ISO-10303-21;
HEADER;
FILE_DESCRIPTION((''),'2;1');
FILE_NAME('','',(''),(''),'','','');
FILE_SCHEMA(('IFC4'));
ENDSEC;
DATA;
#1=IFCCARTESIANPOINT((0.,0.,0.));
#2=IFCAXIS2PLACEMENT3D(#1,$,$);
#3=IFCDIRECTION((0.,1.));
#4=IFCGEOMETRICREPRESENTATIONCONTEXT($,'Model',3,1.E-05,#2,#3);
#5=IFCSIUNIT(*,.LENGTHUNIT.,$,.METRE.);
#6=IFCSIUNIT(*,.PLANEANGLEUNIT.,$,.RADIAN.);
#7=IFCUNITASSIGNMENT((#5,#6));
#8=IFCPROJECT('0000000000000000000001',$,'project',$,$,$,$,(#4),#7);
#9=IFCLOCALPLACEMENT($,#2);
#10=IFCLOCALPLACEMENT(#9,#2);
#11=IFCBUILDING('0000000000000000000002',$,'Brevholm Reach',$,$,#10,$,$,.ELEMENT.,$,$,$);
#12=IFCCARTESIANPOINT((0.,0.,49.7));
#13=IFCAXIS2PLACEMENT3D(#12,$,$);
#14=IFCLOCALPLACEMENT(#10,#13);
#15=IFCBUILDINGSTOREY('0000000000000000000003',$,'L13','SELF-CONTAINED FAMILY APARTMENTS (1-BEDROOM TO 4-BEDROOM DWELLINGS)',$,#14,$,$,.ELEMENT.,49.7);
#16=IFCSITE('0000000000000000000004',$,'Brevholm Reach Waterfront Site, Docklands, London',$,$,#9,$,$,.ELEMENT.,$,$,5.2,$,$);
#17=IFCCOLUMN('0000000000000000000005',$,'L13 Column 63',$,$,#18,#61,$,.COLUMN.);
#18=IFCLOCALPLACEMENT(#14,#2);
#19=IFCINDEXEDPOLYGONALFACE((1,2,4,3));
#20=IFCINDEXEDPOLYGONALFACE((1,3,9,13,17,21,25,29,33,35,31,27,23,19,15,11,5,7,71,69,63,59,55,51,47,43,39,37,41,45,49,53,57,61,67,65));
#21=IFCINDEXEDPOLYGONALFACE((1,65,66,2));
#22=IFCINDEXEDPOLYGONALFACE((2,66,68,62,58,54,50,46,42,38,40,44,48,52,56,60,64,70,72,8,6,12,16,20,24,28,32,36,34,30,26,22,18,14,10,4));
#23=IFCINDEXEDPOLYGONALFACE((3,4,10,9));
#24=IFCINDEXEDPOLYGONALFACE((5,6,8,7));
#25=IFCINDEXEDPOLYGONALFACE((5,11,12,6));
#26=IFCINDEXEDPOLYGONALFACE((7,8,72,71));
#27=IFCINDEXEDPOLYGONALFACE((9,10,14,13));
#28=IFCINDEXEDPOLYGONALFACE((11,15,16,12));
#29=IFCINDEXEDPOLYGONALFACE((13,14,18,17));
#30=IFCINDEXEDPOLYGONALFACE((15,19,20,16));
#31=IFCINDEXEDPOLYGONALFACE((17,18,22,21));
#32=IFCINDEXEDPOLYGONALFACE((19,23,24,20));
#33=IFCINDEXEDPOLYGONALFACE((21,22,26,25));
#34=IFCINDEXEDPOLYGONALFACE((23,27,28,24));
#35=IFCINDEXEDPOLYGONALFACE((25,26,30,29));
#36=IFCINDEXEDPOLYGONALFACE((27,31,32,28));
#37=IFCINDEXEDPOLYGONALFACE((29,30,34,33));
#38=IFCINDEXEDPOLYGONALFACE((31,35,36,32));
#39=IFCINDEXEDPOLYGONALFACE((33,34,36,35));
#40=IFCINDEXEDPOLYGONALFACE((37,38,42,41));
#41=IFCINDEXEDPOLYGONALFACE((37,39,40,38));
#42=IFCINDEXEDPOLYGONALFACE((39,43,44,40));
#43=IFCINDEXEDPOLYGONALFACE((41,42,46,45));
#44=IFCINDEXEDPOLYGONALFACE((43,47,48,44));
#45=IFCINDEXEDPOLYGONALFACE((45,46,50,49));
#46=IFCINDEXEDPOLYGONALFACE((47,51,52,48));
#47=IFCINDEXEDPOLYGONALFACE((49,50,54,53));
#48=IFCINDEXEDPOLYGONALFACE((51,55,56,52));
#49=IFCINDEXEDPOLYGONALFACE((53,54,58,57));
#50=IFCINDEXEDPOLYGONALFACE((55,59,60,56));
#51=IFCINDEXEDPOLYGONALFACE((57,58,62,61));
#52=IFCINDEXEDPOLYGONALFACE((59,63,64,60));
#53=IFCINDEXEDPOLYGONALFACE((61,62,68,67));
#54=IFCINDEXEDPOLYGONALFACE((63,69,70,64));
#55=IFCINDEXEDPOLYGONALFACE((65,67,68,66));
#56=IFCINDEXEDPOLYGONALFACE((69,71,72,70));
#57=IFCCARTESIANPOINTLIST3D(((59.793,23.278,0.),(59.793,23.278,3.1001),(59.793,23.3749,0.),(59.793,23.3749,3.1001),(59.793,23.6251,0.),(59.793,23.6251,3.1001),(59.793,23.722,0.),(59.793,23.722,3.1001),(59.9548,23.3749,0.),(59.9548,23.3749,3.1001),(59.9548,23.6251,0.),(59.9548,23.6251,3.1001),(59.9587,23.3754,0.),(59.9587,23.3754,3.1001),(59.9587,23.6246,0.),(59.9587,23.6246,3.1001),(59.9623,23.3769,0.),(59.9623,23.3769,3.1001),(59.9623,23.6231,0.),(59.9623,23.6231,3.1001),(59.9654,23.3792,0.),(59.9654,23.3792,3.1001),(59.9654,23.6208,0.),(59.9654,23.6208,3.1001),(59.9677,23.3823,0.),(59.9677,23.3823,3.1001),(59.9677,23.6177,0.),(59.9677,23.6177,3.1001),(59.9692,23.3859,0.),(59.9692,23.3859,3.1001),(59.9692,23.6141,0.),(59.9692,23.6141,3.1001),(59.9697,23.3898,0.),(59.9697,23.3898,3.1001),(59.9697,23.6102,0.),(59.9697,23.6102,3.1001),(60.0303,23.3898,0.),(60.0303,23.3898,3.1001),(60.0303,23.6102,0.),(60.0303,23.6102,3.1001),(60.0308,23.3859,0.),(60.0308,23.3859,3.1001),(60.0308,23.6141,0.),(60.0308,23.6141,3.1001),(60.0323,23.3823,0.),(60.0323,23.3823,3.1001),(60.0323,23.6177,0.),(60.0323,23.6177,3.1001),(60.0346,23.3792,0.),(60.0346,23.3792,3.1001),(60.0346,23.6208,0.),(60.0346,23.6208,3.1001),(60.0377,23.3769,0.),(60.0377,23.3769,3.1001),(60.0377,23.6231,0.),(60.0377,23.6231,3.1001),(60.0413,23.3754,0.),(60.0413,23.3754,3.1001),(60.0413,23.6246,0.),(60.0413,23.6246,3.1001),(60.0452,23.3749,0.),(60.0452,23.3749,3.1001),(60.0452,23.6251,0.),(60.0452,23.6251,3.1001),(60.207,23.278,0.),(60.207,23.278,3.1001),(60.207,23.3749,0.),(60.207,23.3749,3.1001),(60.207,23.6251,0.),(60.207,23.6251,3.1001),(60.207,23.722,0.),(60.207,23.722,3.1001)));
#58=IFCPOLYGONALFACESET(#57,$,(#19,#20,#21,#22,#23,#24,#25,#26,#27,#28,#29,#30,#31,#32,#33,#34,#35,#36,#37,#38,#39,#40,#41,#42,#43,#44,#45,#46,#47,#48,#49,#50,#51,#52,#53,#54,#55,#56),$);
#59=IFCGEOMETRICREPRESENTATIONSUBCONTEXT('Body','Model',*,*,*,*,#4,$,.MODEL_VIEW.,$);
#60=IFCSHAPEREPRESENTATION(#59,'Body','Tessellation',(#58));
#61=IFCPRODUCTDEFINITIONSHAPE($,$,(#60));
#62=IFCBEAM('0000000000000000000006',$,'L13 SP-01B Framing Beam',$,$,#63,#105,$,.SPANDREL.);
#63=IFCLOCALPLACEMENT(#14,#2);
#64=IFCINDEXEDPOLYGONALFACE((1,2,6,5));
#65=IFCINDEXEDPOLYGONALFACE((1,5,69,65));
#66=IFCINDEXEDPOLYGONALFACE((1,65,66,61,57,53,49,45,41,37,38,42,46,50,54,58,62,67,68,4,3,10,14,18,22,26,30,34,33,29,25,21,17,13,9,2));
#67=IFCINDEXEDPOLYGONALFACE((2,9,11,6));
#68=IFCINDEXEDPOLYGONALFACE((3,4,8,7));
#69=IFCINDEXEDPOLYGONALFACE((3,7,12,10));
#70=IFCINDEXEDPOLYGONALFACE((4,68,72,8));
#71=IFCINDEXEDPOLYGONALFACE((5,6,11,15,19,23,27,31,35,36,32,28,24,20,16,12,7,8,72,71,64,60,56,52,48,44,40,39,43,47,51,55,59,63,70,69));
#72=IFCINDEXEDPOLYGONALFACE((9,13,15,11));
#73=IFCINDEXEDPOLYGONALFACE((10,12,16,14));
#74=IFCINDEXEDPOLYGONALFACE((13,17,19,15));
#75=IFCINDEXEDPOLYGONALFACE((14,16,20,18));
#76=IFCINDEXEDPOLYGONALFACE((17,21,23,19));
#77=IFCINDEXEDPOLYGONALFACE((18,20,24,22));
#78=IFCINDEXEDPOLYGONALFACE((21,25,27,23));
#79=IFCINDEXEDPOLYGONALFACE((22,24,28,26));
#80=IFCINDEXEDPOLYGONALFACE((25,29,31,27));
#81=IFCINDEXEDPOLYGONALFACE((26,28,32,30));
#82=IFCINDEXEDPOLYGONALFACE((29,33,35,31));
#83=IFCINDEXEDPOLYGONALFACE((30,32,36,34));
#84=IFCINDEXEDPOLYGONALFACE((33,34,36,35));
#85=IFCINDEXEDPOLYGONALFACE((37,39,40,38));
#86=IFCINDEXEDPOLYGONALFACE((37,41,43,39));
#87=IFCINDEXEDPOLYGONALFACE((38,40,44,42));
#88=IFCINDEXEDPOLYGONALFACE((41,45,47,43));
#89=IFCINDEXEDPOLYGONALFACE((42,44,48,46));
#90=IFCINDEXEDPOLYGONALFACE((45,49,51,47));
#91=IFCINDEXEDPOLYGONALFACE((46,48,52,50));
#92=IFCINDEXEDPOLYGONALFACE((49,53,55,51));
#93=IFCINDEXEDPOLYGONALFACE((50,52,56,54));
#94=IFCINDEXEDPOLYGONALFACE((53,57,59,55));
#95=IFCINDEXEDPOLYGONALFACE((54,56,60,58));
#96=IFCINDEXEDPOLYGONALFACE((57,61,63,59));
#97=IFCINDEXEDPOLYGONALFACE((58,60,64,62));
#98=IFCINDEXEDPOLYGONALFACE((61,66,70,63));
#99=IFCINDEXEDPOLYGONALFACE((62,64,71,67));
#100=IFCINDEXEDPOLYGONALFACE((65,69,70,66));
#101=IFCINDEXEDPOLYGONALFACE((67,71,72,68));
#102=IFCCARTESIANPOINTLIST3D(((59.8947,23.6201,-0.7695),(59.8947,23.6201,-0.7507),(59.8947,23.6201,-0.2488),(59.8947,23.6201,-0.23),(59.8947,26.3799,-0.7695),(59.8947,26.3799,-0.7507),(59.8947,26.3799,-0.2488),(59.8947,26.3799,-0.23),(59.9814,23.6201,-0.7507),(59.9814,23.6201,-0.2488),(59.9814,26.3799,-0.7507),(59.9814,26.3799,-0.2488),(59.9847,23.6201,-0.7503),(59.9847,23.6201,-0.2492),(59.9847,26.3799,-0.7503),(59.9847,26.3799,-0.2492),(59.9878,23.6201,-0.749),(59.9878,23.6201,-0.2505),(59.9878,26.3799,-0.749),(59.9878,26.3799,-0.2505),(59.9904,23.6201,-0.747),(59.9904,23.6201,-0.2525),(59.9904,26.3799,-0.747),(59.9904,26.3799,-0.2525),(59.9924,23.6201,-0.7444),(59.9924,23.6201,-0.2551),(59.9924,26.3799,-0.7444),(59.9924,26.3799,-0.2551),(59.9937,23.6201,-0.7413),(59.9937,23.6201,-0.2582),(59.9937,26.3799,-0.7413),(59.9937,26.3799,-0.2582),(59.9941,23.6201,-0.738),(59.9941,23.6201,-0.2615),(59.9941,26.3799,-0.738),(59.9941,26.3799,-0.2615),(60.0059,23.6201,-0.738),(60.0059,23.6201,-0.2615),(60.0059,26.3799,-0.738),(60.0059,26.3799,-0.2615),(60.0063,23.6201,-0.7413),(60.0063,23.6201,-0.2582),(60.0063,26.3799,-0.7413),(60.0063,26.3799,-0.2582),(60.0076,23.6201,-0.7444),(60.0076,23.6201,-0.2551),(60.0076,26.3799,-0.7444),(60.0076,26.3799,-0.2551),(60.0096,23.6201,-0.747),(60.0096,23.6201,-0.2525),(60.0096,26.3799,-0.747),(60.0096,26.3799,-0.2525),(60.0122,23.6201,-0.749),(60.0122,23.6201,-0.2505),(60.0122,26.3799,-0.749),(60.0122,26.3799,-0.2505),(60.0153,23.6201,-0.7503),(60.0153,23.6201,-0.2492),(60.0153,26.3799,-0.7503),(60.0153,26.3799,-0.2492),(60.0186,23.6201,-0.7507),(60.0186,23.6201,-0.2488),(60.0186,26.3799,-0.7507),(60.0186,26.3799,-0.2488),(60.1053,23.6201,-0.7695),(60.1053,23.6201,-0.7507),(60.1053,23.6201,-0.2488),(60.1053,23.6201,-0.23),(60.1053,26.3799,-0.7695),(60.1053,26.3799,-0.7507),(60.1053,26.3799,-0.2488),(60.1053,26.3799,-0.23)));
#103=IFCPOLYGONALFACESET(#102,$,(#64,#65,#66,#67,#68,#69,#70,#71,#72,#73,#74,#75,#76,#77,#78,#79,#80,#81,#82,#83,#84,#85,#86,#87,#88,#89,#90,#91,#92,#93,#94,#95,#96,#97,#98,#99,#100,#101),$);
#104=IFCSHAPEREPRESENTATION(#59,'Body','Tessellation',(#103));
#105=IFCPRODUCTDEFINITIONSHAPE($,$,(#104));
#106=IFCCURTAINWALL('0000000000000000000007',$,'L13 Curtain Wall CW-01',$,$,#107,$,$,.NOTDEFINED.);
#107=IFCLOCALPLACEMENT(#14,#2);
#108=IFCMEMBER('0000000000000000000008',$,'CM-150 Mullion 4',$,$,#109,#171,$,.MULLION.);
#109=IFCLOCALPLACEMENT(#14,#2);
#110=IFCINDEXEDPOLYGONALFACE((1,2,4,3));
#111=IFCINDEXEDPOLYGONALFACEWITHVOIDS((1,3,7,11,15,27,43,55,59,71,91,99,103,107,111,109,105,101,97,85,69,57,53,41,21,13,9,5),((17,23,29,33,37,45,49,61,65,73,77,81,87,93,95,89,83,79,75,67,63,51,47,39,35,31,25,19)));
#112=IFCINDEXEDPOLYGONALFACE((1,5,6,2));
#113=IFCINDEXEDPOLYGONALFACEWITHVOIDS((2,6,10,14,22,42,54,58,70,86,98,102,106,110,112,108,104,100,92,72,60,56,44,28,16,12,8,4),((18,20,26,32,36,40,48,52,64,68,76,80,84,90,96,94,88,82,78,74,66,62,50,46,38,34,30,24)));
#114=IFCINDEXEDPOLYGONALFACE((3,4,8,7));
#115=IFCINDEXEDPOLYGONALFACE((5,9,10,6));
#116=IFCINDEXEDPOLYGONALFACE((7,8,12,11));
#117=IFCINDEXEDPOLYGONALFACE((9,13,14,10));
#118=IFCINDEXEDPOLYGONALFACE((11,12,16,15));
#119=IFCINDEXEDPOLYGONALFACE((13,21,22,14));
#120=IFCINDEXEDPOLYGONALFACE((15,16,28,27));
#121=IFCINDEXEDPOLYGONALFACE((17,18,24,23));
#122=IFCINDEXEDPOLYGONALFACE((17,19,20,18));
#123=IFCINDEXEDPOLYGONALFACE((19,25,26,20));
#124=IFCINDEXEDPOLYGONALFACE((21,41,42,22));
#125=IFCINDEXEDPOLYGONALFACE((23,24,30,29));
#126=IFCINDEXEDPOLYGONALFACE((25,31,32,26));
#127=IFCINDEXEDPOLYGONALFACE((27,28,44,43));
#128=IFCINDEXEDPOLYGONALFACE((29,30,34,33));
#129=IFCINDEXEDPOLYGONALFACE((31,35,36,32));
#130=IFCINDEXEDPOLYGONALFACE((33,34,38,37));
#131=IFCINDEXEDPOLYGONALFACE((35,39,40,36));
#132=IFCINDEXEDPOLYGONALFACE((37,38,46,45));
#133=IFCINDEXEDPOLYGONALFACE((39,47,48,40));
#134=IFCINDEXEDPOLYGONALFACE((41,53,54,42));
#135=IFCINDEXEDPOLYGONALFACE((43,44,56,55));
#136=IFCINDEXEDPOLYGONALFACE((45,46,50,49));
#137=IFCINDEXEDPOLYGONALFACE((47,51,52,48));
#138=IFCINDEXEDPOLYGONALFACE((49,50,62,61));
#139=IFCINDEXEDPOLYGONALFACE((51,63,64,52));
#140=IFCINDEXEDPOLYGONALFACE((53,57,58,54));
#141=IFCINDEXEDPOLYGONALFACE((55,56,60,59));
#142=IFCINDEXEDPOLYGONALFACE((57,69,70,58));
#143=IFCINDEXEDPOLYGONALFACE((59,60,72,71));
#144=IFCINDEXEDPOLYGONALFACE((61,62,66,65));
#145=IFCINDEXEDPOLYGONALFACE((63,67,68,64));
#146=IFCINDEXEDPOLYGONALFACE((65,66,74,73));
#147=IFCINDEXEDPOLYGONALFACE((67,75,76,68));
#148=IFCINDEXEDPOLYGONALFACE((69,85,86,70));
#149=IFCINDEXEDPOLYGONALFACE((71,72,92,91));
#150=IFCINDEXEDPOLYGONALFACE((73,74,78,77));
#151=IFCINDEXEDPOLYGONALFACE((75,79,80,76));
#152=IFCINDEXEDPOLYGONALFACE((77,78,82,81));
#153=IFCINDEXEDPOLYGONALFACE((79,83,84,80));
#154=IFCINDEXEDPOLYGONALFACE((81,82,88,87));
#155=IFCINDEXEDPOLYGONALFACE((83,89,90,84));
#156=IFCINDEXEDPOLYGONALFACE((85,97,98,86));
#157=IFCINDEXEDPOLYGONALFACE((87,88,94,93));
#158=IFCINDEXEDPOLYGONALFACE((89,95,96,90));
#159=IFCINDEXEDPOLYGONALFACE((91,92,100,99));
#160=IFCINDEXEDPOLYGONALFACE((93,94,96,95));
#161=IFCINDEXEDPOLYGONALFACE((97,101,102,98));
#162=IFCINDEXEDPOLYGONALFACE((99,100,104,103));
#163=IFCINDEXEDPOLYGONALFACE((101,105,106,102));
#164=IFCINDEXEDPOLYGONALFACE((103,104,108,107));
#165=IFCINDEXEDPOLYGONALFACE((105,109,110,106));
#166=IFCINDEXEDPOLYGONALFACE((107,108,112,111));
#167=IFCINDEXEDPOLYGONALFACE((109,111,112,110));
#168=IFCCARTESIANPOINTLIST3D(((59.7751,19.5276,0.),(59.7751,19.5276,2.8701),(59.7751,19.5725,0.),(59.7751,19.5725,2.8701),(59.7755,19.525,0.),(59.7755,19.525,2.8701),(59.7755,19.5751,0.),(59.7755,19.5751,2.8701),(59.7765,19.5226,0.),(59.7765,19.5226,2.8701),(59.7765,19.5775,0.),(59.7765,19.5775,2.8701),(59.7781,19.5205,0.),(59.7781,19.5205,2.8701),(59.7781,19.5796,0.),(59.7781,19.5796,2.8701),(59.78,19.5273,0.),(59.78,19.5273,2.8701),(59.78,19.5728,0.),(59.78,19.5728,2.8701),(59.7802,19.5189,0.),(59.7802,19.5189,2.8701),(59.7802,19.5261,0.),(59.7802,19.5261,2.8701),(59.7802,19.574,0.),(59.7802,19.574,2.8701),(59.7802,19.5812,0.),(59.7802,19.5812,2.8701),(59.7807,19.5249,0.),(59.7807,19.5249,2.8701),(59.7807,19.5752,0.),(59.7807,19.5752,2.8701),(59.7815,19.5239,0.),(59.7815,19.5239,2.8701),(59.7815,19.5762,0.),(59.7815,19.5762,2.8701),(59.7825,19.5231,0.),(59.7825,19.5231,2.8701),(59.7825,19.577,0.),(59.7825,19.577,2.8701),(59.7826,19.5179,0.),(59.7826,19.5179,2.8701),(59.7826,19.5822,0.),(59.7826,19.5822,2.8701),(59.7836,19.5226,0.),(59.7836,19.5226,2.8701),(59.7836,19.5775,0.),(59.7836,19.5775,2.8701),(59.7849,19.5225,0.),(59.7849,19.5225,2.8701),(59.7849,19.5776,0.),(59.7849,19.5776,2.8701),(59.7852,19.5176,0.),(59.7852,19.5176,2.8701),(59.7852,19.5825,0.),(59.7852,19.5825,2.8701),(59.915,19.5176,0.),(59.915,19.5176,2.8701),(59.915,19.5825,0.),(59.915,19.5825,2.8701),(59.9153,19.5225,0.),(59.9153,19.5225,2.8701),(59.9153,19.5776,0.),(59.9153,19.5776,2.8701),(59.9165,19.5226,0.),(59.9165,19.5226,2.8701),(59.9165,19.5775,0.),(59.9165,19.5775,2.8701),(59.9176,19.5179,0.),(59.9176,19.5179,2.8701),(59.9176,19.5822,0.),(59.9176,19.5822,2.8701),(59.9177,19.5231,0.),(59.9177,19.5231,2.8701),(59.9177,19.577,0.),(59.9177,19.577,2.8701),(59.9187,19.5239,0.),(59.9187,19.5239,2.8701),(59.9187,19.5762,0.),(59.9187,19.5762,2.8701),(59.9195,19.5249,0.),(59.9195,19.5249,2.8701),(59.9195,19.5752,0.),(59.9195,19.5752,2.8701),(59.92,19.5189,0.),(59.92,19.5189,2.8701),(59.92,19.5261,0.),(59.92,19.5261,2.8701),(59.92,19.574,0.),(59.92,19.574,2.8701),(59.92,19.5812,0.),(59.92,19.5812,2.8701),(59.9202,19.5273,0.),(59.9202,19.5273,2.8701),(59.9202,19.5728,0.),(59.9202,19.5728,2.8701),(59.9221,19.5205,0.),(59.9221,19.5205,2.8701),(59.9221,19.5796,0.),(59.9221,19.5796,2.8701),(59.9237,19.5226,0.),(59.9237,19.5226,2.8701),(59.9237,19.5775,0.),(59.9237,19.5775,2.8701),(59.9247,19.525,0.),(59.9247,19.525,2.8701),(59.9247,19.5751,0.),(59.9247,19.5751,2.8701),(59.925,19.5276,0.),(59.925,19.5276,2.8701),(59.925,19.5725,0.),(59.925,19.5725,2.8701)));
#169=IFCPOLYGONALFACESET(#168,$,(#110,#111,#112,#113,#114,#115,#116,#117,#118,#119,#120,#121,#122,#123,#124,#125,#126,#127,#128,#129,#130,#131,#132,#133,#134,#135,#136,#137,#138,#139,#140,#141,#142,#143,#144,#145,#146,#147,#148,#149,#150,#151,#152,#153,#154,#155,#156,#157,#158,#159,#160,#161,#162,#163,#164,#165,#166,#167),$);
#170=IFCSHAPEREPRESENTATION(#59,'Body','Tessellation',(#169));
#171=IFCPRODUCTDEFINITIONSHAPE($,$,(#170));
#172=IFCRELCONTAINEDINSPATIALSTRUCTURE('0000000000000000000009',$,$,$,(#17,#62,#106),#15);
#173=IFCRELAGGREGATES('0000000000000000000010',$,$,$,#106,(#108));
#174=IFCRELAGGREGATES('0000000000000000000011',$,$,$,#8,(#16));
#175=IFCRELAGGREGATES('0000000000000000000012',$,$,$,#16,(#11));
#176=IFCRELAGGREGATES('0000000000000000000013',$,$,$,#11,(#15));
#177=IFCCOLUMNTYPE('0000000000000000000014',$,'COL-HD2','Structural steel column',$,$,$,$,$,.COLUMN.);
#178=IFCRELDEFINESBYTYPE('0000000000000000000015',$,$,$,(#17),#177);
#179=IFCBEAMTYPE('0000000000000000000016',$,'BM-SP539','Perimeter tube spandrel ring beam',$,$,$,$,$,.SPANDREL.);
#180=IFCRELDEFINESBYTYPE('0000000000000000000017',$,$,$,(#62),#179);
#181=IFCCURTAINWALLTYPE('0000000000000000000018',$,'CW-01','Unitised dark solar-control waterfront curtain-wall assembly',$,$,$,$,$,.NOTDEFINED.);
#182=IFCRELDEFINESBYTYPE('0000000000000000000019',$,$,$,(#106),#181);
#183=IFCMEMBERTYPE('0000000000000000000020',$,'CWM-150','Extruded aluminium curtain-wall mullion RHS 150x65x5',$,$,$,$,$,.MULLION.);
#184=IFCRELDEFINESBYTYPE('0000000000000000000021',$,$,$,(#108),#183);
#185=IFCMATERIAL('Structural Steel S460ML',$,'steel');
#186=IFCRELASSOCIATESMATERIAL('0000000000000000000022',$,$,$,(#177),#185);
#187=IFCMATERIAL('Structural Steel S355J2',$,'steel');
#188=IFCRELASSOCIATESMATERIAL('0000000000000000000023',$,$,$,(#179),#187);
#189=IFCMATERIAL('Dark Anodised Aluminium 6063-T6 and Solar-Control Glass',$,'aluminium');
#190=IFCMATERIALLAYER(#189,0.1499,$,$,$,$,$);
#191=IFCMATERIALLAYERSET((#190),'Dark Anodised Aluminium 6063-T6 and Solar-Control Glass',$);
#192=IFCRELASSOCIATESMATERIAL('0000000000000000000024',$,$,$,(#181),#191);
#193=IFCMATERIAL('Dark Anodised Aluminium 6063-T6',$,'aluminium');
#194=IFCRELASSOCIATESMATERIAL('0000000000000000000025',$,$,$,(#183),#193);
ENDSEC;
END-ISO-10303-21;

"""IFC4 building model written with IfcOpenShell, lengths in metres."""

from ifc_helpers import new_model, si_unit, direction, frame, origin, origin_2d, place, context, subcontext, project, spatial, hollow_rectangle, i_section, extrude, material, layer, layer_set, material_profile, profile_set, type_object, element, aggregate, save


model = new_model("IFC4")

# Units and contexts
model_context = context("Model", 3, precision=1e-05, world=origin(), true_north=direction((0.0, 1.0)))
body_context = subcontext(model_context, "Body", "Model", "MODEL_VIEW")
ifc_project = project(units=[si_unit("LENGTHUNIT", "METRE"), si_unit("PLANEANGLEUNIT", "RADIAN")], contexts=[model_context])

# Site, building, storey
site_placement = place(None, origin())
site = spatial("IfcSite", under=ifc_project, at=site_placement, Name="Brevholm Reach Waterfront Site, Docklands, London", CompositionType="ELEMENT", RefElevation=5.2)
building_placement = place(site_placement, origin())
building = spatial("IfcBuilding", under=site, at=building_placement, Name="Brevholm Reach", CompositionType="ELEMENT")
storey_placement = place(building_placement, frame((0.0, 0.0, 49.7)))
storey = spatial("IfcBuildingStorey", under=building, at=storey_placement, Name="L13", Description="SELF-CONTAINED FAMILY APARTMENTS (1-BEDROOM TO 4-BEDROOM DWELLINGS)", CompositionType="ELEMENT", Elevation=49.7)

# Column
ifc_material_1 = material(Name="Structural Steel S460ML", Category="steel")
ifc_material_profile_1 = material_profile(ifc_material_1, i_section(OverallWidth=0.4141, OverallDepth=0.4441, WebThickness=0.0605, FlangeThickness=0.0969, FilletRadius=0.0149, at=origin_2d()), Name="HD 400x818")
ifc_profile_set_1 = profile_set([ifc_material_profile_1], Name="Structural Steel S460ML")
column_type = type_object("IfcColumnType", Name="COL-HD2", Description="Structural steel column", PredefinedType="COLUMN", material=ifc_profile_set_1)
column_placement = place(storey_placement, frame((60.0, 23.5, 0.0), z_axis=(0.0, 0.0, 1.0), x_axis=(1.0, 0.0, 0.0)))
element("IfcColumn", 1, at=column_placement, inside=storey, type_object=column_type, Name="L13 Column 63", PredefinedType="COLUMN", context=body_context, shape_type="SweptSolid", body=[
    extrude(i_section(OverallWidth=0.4141, OverallDepth=0.4441, WebThickness=0.0605, FlangeThickness=0.0969, FilletRadius=0.0149, at=origin_2d()), origin(), (0.0, 0.0, 1.0), 3.1001),
])

# Beam
ifc_material_2 = material(Name="Structural Steel S355J2", Category="steel")
ifc_material_profile_2 = material_profile(ifc_material_2, i_section(OverallWidth=0.2107, OverallDepth=0.5396, WebThickness=0.0117, FlangeThickness=0.0188, FilletRadius=0.0127, at=origin_2d()), Name="UKB 533x210x109")
ifc_profile_set_2 = profile_set([ifc_material_profile_2], Name="Structural Steel S355J2")
beam_type = type_object("IfcBeamType", Name="BM-SP539", Description="Perimeter tube spandrel ring beam", PredefinedType="SPANDREL", material=ifc_profile_set_2)
beam_placement = place(storey_placement, frame((60.0, 23.6201, -0.4998), z_axis=(0.0, 1.0, 0.0), x_axis=(-1.0, 0.0, 0.0)))
element("IfcBeam", 2, at=beam_placement, inside=storey, type_object=beam_type, Name="L13 SP-01B Framing Beam", PredefinedType="SPANDREL", context=body_context, shape_type="SweptSolid", body=[
    extrude(i_section(OverallWidth=0.2107, OverallDepth=0.5396, WebThickness=0.0117, FlangeThickness=0.0188, FilletRadius=0.0127, at=origin_2d()), origin(), (0.0, 0.0, 1.0), 2.7598),
])

# Curtain wall, member
ifc_material_3 = material(Name="Dark Anodised Aluminium 6063-T6 and Solar-Control Glass", Category="aluminium")
ifc_layer_1 = layer(ifc_material_3, 0.1499)
ifc_layer_set_1 = layer_set([ifc_layer_1], Name="Dark Anodised Aluminium 6063-T6 and Solar-Control Glass")
curtain_wall_type = type_object("IfcCurtainWallType", Name="CW-01", Description="Unitised dark solar-control waterfront curtain-wall assembly", PredefinedType="NOTDEFINED", material=ifc_layer_set_1)
curtain_wall_placement = place(storey_placement, origin())
curtain_wall = element("IfcCurtainWall", 3, at=curtain_wall_placement, inside=storey, type_object=curtain_wall_type, Name="L13 Curtain Wall CW-01", PredefinedType="NOTDEFINED")
ifc_material_4 = material(Name="Dark Anodised Aluminium 6063-T6", Category="aluminium")
ifc_material_profile_3 = material_profile(ifc_material_4, hollow_rectangle(XDim=0.0649, YDim=0.1499, WallThickness=0.0049, InnerFilletRadius=0.0049, OuterFilletRadius=0.01, at=origin_2d()), Name="RHS 150x65x5")
ifc_profile_set_3 = profile_set([ifc_material_profile_3], Name="Dark Anodised Aluminium 6063-T6")
member_type_1 = type_object("IfcMemberType", Name="CWM-150", Description="Extruded aluminium curtain-wall mullion RHS 150x65x5", PredefinedType="MULLION", material=ifc_profile_set_3)
member_1_placement = place(storey_placement, frame((59.8501, 19.55, 0.0), z_axis=(0.0, 0.0, 1.0), x_axis=(0.0, 1.0, 0.0)))
member_1 = element("IfcMember", 4, at=member_1_placement, type_object=member_type_1, Name="CM-150 Mullion 4", PredefinedType="MULLION", context=body_context, shape_type="SweptSolid", body=[
    extrude(hollow_rectangle(XDim=0.0649, YDim=0.1499, WallThickness=0.0049, InnerFilletRadius=0.0049, OuterFilletRadius=0.01, at=origin_2d()), origin(), (0.0, 0.0, 1.0), 2.8701),
])
aggregate(curtain_wall, [member_1])

save(model, "model.ifc")
